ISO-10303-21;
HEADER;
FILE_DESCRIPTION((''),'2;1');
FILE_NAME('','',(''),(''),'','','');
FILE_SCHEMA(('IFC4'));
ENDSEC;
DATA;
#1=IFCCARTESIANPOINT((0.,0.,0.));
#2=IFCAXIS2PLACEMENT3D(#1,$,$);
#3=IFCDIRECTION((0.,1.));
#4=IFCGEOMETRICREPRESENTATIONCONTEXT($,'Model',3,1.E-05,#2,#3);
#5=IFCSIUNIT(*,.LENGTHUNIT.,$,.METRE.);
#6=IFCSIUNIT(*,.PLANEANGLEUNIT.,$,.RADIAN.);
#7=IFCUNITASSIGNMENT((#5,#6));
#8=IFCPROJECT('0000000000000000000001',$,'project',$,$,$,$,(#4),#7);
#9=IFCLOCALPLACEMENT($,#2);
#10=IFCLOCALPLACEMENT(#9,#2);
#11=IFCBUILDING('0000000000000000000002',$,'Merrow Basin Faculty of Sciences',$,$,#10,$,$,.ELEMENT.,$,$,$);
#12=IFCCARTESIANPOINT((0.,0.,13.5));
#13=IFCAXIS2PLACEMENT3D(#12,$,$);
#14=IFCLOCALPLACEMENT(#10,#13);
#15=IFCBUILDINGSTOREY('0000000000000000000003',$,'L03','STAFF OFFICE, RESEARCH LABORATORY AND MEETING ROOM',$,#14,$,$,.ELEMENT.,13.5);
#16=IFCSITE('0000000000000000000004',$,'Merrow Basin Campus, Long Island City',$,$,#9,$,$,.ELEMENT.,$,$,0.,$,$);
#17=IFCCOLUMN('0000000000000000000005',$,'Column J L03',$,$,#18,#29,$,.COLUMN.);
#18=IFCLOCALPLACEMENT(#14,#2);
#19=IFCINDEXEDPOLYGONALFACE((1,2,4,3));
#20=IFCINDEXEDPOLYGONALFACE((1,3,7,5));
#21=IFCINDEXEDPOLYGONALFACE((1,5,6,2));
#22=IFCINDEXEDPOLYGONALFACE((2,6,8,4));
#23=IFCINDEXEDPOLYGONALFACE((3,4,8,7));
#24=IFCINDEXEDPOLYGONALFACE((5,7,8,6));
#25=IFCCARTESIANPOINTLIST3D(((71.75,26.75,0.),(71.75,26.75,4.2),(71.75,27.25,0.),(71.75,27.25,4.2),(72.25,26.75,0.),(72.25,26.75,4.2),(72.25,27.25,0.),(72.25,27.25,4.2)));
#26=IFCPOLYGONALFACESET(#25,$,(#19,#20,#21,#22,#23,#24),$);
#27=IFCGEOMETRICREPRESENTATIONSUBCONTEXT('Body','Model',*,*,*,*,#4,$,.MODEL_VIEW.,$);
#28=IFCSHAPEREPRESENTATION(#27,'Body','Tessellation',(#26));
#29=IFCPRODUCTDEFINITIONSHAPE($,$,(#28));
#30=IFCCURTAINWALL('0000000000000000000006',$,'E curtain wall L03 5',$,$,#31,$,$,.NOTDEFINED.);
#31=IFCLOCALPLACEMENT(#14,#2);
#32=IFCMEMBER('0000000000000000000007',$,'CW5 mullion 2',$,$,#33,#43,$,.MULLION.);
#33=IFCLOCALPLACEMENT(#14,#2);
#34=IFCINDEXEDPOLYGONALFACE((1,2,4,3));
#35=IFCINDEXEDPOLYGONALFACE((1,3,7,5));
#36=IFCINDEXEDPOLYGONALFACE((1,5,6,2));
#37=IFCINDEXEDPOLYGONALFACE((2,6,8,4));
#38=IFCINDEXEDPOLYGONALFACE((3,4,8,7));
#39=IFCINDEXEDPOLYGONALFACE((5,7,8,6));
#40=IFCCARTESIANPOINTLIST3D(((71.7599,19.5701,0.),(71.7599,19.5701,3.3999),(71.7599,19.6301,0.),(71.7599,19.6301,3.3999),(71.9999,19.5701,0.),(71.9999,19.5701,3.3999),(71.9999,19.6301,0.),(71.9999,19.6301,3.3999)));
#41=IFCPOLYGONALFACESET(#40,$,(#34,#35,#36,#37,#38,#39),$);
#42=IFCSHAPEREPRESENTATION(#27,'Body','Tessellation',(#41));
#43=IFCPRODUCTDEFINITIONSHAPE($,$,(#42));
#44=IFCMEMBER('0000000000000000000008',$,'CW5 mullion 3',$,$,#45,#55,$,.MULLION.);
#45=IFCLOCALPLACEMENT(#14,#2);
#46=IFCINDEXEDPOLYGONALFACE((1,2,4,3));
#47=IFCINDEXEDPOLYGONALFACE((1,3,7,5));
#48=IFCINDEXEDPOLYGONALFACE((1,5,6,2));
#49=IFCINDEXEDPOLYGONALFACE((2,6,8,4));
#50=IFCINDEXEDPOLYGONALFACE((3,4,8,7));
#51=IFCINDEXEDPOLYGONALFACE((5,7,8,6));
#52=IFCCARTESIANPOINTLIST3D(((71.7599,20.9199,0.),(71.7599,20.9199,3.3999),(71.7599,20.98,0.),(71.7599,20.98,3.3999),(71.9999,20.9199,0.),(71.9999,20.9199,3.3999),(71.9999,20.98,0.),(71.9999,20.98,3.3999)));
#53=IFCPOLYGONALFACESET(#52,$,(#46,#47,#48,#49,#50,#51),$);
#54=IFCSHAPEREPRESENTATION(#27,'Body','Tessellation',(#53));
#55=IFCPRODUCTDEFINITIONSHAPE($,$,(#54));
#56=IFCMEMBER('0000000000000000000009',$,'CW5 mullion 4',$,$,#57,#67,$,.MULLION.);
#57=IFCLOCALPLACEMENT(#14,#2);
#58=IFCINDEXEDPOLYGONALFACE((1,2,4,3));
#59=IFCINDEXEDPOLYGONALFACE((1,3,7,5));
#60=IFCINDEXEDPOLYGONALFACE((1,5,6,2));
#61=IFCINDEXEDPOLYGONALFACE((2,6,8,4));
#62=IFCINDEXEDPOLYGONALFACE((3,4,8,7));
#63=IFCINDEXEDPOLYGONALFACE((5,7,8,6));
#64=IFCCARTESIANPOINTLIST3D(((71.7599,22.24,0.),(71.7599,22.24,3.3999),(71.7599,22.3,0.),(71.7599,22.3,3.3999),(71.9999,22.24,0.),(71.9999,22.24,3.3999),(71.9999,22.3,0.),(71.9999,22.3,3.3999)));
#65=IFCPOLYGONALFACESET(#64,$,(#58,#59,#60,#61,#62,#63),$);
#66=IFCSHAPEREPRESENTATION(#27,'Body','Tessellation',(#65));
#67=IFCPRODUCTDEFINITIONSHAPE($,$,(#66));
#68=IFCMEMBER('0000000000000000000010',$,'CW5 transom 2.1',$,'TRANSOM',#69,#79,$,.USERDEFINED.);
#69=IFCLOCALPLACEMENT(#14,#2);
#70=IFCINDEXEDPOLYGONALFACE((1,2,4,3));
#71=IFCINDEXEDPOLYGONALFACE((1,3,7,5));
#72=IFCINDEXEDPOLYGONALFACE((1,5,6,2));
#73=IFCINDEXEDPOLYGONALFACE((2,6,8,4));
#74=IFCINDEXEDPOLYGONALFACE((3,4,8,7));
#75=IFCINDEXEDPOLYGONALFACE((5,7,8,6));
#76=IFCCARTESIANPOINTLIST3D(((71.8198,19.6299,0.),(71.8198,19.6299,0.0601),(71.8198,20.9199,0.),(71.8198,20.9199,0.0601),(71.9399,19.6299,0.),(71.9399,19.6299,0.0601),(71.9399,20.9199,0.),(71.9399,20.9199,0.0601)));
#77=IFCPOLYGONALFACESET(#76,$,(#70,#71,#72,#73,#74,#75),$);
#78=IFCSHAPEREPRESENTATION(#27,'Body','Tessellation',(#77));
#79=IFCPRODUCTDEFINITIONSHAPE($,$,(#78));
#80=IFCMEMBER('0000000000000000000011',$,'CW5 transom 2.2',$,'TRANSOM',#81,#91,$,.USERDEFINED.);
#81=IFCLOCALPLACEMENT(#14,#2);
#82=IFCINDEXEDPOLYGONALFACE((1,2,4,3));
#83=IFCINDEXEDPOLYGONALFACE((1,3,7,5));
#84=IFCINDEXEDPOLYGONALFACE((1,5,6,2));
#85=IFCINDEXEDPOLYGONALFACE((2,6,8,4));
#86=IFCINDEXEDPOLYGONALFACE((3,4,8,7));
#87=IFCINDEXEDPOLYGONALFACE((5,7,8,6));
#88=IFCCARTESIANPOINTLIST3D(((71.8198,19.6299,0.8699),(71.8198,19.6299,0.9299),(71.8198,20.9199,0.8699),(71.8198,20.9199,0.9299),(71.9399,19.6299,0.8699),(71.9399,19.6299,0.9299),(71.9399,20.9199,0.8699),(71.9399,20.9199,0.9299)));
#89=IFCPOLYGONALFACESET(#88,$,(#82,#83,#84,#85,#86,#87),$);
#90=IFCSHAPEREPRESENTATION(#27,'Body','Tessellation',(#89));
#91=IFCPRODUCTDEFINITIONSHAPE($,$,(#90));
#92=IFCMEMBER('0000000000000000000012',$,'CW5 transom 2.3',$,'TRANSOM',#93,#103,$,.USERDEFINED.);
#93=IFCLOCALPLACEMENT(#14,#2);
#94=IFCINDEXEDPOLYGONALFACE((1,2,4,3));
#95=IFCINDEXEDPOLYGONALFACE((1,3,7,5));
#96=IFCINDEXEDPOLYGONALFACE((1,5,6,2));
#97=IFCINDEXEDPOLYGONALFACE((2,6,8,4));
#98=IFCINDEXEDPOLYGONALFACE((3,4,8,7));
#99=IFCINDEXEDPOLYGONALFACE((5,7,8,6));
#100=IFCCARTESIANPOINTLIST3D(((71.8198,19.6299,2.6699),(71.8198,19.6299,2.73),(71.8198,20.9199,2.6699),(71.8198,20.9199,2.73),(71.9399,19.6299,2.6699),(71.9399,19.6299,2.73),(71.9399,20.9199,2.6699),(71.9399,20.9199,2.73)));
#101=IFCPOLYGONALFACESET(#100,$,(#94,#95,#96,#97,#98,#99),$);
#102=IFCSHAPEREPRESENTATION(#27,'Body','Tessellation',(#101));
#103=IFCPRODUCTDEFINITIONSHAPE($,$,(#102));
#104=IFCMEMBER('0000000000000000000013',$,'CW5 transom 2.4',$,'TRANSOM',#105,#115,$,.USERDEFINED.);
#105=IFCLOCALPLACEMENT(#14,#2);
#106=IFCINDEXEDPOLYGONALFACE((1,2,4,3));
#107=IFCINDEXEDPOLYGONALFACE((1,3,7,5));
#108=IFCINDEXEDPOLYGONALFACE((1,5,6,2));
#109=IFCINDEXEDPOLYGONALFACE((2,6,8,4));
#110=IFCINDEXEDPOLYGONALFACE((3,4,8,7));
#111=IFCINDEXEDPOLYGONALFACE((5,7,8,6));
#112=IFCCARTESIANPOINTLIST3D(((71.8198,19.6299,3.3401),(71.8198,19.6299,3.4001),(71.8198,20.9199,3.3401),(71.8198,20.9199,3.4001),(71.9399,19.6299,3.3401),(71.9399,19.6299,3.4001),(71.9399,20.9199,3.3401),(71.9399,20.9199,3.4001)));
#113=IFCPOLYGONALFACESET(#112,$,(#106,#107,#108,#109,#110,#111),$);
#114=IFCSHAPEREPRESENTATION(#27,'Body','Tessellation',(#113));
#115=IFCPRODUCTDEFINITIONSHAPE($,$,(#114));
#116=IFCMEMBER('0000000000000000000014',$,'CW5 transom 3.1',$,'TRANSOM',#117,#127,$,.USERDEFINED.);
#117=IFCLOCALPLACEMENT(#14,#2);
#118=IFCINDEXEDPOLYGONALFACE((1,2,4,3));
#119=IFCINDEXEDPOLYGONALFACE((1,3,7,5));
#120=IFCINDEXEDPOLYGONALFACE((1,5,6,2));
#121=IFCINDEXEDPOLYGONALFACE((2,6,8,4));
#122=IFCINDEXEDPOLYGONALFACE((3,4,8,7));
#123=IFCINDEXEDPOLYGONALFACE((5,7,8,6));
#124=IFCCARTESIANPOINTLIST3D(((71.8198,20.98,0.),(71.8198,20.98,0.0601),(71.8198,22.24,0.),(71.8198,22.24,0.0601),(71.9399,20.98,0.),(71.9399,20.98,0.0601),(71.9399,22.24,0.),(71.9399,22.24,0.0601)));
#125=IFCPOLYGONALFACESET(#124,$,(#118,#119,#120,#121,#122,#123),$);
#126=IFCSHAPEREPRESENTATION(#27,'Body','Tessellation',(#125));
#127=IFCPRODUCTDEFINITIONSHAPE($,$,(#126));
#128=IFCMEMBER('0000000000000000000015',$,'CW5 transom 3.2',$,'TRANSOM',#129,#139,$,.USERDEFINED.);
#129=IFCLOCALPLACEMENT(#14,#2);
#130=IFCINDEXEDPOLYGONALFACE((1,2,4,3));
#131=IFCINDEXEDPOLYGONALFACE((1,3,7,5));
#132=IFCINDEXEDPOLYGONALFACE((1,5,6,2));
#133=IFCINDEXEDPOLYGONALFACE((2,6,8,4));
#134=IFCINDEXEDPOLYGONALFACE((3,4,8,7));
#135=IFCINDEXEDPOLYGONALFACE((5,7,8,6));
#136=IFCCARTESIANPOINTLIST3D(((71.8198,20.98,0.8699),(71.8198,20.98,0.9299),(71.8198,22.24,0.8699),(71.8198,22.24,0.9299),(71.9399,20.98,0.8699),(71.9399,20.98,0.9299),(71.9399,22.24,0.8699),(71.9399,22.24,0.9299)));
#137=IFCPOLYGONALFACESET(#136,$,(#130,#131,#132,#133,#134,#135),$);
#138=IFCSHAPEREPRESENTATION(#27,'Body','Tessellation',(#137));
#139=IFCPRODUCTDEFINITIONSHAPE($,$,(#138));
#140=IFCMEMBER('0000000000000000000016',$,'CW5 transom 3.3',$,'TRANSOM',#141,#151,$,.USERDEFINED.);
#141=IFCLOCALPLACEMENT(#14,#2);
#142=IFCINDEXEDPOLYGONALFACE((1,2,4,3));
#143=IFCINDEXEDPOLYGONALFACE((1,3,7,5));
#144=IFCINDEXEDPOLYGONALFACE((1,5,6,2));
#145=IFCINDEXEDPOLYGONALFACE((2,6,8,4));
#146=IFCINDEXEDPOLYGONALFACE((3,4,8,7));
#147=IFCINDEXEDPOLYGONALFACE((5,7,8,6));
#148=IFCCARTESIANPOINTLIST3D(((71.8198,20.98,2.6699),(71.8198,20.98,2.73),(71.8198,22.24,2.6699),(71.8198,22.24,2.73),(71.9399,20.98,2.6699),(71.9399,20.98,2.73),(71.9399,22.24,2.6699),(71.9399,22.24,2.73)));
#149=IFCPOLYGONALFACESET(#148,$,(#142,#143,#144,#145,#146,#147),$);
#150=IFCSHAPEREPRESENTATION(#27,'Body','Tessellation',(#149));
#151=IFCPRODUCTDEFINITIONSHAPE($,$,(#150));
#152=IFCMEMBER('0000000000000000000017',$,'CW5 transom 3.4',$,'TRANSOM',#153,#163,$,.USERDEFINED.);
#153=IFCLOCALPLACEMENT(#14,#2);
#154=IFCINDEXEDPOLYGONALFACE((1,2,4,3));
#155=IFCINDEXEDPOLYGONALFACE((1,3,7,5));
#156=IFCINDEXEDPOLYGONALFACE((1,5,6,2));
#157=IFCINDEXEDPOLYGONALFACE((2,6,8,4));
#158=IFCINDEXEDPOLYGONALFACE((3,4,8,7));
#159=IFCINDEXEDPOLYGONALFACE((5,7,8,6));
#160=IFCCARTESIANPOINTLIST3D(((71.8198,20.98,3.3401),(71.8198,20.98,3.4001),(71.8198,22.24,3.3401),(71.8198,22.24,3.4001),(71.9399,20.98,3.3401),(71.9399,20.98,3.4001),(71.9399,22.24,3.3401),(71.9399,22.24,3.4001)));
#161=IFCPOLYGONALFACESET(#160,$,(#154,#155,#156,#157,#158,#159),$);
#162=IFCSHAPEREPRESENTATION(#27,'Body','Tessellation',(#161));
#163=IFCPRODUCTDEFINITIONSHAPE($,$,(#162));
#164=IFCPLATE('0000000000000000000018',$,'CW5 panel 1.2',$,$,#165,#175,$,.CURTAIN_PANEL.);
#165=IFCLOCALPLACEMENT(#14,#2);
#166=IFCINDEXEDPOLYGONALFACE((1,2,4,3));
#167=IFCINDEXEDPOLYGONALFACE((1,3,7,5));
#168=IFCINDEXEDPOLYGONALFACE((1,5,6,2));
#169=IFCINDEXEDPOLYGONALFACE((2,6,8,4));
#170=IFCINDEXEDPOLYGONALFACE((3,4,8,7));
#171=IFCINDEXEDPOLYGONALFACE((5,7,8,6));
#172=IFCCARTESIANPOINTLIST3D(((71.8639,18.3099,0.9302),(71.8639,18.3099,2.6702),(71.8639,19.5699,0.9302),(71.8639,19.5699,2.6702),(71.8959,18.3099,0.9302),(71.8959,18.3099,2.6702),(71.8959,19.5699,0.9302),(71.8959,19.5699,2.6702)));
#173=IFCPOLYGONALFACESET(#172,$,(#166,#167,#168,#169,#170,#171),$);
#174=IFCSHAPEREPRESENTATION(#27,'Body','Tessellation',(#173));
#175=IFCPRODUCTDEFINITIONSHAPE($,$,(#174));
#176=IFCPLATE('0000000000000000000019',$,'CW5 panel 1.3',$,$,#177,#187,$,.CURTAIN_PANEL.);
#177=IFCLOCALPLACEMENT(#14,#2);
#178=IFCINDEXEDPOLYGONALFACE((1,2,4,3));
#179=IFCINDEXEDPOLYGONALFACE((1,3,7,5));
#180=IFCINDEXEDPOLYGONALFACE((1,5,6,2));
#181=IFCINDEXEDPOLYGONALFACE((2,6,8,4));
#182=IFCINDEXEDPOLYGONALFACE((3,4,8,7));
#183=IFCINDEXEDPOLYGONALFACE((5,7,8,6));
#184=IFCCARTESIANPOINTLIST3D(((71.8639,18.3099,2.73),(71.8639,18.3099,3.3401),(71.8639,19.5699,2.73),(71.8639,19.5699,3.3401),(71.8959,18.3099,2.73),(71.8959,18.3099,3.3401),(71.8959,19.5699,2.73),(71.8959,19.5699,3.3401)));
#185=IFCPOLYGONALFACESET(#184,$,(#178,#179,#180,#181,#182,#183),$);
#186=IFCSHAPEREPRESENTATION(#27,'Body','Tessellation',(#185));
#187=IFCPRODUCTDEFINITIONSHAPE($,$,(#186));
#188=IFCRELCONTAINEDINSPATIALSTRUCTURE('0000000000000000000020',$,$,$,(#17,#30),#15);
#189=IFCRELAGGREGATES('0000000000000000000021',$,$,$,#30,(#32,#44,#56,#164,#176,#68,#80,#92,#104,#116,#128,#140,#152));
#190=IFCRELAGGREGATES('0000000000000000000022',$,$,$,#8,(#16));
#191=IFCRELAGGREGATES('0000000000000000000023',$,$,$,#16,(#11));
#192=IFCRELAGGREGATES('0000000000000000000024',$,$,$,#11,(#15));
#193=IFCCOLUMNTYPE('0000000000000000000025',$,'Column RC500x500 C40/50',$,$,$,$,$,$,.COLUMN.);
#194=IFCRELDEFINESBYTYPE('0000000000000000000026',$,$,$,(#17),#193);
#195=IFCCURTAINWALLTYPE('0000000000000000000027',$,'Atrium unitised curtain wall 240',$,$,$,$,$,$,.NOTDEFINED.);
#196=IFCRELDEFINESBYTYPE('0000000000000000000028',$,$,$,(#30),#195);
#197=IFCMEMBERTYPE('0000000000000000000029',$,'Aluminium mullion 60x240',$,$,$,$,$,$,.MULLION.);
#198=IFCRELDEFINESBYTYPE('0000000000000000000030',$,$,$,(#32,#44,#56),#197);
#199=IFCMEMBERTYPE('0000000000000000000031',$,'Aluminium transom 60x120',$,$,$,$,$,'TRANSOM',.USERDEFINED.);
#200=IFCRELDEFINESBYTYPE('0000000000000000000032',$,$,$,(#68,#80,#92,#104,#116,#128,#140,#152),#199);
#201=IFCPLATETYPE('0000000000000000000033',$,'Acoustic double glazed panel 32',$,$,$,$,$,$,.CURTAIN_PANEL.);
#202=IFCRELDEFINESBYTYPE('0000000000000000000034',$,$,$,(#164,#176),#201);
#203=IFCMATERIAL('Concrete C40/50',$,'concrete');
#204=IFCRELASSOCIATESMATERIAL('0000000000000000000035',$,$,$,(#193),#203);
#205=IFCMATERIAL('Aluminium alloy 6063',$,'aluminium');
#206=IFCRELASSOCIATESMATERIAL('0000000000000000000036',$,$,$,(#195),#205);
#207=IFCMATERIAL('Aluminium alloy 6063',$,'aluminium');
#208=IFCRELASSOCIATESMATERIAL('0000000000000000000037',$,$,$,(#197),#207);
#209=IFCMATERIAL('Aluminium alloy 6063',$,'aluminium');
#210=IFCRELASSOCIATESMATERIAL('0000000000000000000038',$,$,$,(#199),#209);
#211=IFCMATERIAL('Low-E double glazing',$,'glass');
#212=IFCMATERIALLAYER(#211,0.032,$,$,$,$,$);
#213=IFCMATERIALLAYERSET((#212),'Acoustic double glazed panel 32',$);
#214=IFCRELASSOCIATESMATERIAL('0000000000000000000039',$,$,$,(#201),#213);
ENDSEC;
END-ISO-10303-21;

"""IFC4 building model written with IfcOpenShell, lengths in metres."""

from ifc_helpers import new_model, si_unit, direction, frame, origin, origin_2d, place, context, subcontext, project, spatial, rectangle, extrude, material, layer, layer_set, material_profile, profile_set, type_object, element, aggregate, save


model = new_model("IFC4")

# Units and contexts
model_context = context("Model", 3, precision=1e-05, world=origin(), true_north=direction((0.0, 1.0)))
body_context = subcontext(model_context, "Body", "Model", "MODEL_VIEW")
ifc_project = project(units=[si_unit("LENGTHUNIT", "METRE"), si_unit("PLANEANGLEUNIT", "RADIAN")], contexts=[model_context])

# Site, building, storey
site_placement = place(None, origin())
site = spatial("IfcSite", under=ifc_project, at=site_placement, Name="Merrow Basin Campus, Long Island City", CompositionType="ELEMENT", RefElevation=0.0)
building_placement = place(site_placement, origin())
building = spatial("IfcBuilding", under=site, at=building_placement, Name="Merrow Basin Faculty of Sciences", CompositionType="ELEMENT")
storey_placement = place(building_placement, frame((0.0, 0.0, 13.5)))
storey = spatial("IfcBuildingStorey", under=building, at=storey_placement, Name="L03", Description="STAFF OFFICE, RESEARCH LABORATORY AND MEETING ROOM", CompositionType="ELEMENT", Elevation=13.5)

# Column
ifc_material_1 = material(Name="Concrete C40/50", Category="concrete")
ifc_material_profile_1 = material_profile(ifc_material_1, rectangle(XDim=0.5, YDim=0.5, at=origin_2d()))
ifc_profile_set_1 = profile_set([ifc_material_profile_1], Name="Concrete C40/50")
column_type = type_object("IfcColumnType", Name="Column RC500x500 C40/50", PredefinedType="COLUMN", material=ifc_profile_set_1)
column_placement = place(storey_placement, frame((72.0, 27.0, 0.0), z_axis=(0.0, 0.0, 1.0), x_axis=(1.0, 0.0, 0.0)))
element("IfcColumn", 1, at=column_placement, inside=storey, type_object=column_type, Name="Column J L03", PredefinedType="COLUMN", context=body_context, shape_type="SweptSolid", body=[
    extrude(rectangle(XDim=0.5, YDim=0.5, at=origin_2d()), origin(), (0.0, 0.0, 1.0), 4.2),
])

# Curtain wall, members, plates
ifc_material_2 = material(Name="Aluminium alloy 6063", Category="aluminium")
curtain_wall_type = type_object("IfcCurtainWallType", Name="Atrium unitised curtain wall 240", PredefinedType="NOTDEFINED", material=ifc_material_2)
curtain_wall_placement = place(storey_placement, origin())
curtain_wall = element("IfcCurtainWall", 2, at=curtain_wall_placement, inside=storey, type_object=curtain_wall_type, Name="E curtain wall L03 5", PredefinedType="NOTDEFINED")
ifc_material_3 = material(Name="Aluminium alloy 6063", Category="aluminium")
ifc_material_profile_2 = material_profile(ifc_material_3, rectangle(XDim=0.24, YDim=0.0601, at=origin_2d()))
ifc_profile_set_2 = profile_set([ifc_material_profile_2], Name="Aluminium alloy 6063")
member_type_1 = type_object("IfcMemberType", Name="Aluminium mullion 60x240", PredefinedType="MULLION", material=ifc_profile_set_2)
member_1_placement = place(storey_placement, frame((71.8799, 19.6001, 0.0), z_axis=(0.0, 0.0, 1.0), x_axis=(-1.0, 0.0, 0.0)))
member_1 = element("IfcMember", 3, at=member_1_placement, type_object=member_type_1, Name="CW5 mullion 2", PredefinedType="MULLION", context=body_context, shape_type="SweptSolid", body=[
    extrude(rectangle(XDim=0.24, YDim=0.0601, at=origin_2d()), origin(), (0.0, 0.0, 1.0), 3.3999),
])
member_2_placement = place(storey_placement, frame((71.8799, 20.95, 0.0), z_axis=(0.0, 0.0, 1.0), x_axis=(-1.0, 0.0, 0.0)))
member_2 = element("IfcMember", 4, at=member_2_placement, type_object=member_type_1, Name="CW5 mullion 3", PredefinedType="MULLION", context=body_context, shape_type="SweptSolid", body=[
    extrude(rectangle(XDim=0.24, YDim=0.0601, at=origin_2d()), origin(), (0.0, 0.0, 1.0), 3.3999),
])
member_3_placement = place(storey_placement, frame((71.8799, 22.27, 0.0), z_axis=(0.0, 0.0, 1.0), x_axis=(-1.0, 0.0, 0.0)))
member_3 = element("IfcMember", 5, at=member_3_placement, type_object=member_type_1, Name="CW5 mullion 4", PredefinedType="MULLION", context=body_context, shape_type="SweptSolid", body=[
    extrude(rectangle(XDim=0.24, YDim=0.0601, at=origin_2d()), origin(), (0.0, 0.0, 1.0), 3.3999),
])
ifc_material_4 = material(Name="Aluminium alloy 6063", Category="aluminium")
ifc_material_profile_3 = material_profile(ifc_material_4, rectangle(XDim=0.1201, YDim=0.0601, at=origin_2d()))
ifc_profile_set_3 = profile_set([ifc_material_profile_3], Name="Aluminium alloy 6063")
member_type_2 = type_object("IfcMemberType", Name="Aluminium transom 60x120", ElementType="TRANSOM", PredefinedType="USERDEFINED", material=ifc_profile_set_3)
member_4_placement = place(storey_placement, frame((71.8799, 19.6299, 0.03), z_axis=(0.0, 1.0, 0.0), x_axis=(-1.0, 0.0, 0.0)))
member_4 = element("IfcMember", 6, at=member_4_placement, type_object=member_type_2, Name="CW5 transom 2.1", ObjectType="TRANSOM", PredefinedType="USERDEFINED", context=body_context, shape_type="SweptSolid", body=[
    extrude(rectangle(XDim=0.1201, YDim=0.0601, at=origin_2d()), origin(), (0.0, 0.0, 1.0), 1.29),
])
member_5_placement = place(storey_placement, frame((71.8799, 19.6299, 0.8999), z_axis=(0.0, 1.0, 0.0), x_axis=(-1.0, 0.0, 0.0)))
member_5 = element("IfcMember", 7, at=member_5_placement, type_object=member_type_2, Name="CW5 transom 2.2", ObjectType="TRANSOM", PredefinedType="USERDEFINED", context=body_context, shape_type="SweptSolid", body=[
    extrude(rectangle(XDim=0.1201, YDim=0.0601, at=origin_2d()), origin(), (0.0, 0.0, 1.0), 1.29),
])
member_6_placement = place(storey_placement, frame((71.8799, 19.6299, 2.7), z_axis=(0.0, 1.0, 0.0), x_axis=(-1.0, 0.0, 0.0)))
member_6 = element("IfcMember", 8, at=member_6_placement, type_object=member_type_2, Name="CW5 transom 2.3", ObjectType="TRANSOM", PredefinedType="USERDEFINED", context=body_context, shape_type="SweptSolid", body=[
    extrude(rectangle(XDim=0.1201, YDim=0.0601, at=origin_2d()), origin(), (0.0, 0.0, 1.0), 1.29),
])
member_7_placement = place(storey_placement, frame((71.8799, 19.6299, 3.3701), z_axis=(0.0, 1.0, 0.0), x_axis=(-1.0, 0.0, 0.0)))
member_7 = element("IfcMember", 9, at=member_7_placement, type_object=member_type_2, Name="CW5 transom 2.4", ObjectType="TRANSOM", PredefinedType="USERDEFINED", context=body_context, shape_type="SweptSolid", body=[
    extrude(rectangle(XDim=0.1201, YDim=0.0601, at=origin_2d()), origin(), (0.0, 0.0, 1.0), 1.29),
])
member_8_placement = place(storey_placement, frame((71.8799, 20.98, 0.03), z_axis=(0.0, 1.0, 0.0), x_axis=(-1.0, 0.0, 0.0)))
member_8 = element("IfcMember", 10, at=member_8_placement, type_object=member_type_2, Name="CW5 transom 3.1", ObjectType="TRANSOM", PredefinedType="USERDEFINED", context=body_context, shape_type="SweptSolid", body=[
    extrude(rectangle(XDim=0.1201, YDim=0.0601, at=origin_2d()), origin(), (0.0, 0.0, 1.0), 1.26),
])
member_9_placement = place(storey_placement, frame((71.8799, 20.98, 0.8999), z_axis=(0.0, 1.0, 0.0), x_axis=(-1.0, 0.0, 0.0)))
member_9 = element("IfcMember", 11, at=member_9_placement, type_object=member_type_2, Name="CW5 transom 3.2", ObjectType="TRANSOM", PredefinedType="USERDEFINED", context=body_context, shape_type="SweptSolid", body=[
    extrude(rectangle(XDim=0.1201, YDim=0.0601, at=origin_2d()), origin(), (0.0, 0.0, 1.0), 1.26),
])
member_10_placement = place(storey_placement, frame((71.8799, 20.98, 2.7), z_axis=(0.0, 1.0, 0.0), x_axis=(-1.0, 0.0, 0.0)))
member_10 = element("IfcMember", 12, at=member_10_placement, type_object=member_type_2, Name="CW5 transom 3.3", ObjectType="TRANSOM", PredefinedType="USERDEFINED", context=body_context, shape_type="SweptSolid", body=[
    extrude(rectangle(XDim=0.1201, YDim=0.0601, at=origin_2d()), origin(), (0.0, 0.0, 1.0), 1.26),
])
member_11_placement = place(storey_placement, frame((71.8799, 20.98, 3.3701), z_axis=(0.0, 1.0, 0.0), x_axis=(-1.0, 0.0, 0.0)))
member_11 = element("IfcMember", 13, at=member_11_placement, type_object=member_type_2, Name="CW5 transom 3.4", ObjectType="TRANSOM", PredefinedType="USERDEFINED", context=body_context, shape_type="SweptSolid", body=[
    extrude(rectangle(XDim=0.1201, YDim=0.0601, at=origin_2d()), origin(), (0.0, 0.0, 1.0), 1.26),
])
ifc_material_5 = material(Name="Low-E double glazing", Category="glass")
ifc_layer_1 = layer(ifc_material_5, 0.032)
ifc_layer_set_1 = layer_set([ifc_layer_1], Name="Acoustic double glazed panel 32")
plate_type_1 = type_object("IfcPlateType", Name="Acoustic double glazed panel 32", PredefinedType="CURTAIN_PANEL", material=ifc_layer_set_1)
plate_1_placement = place(storey_placement, frame((71.8799, 18.9399, 0.9302), z_axis=(0.0, 0.0, 1.0), x_axis=(0.0, 1.0, 0.0)))
plate_1 = element("IfcPlate", 14, at=plate_1_placement, type_object=plate_type_1, Name="CW5 panel 1.2", PredefinedType="CURTAIN_PANEL", context=body_context, shape_type="SweptSolid", body=[
    extrude(rectangle(XDim=1.26, YDim=0.032, at=origin_2d()), origin(), (0.0, 0.0, 1.0), 1.74),
])
plate_2_placement = place(storey_placement, frame((71.8799, 18.9399, 2.73), z_axis=(0.0, 0.0, 1.0), x_axis=(0.0, 1.0, 0.0)))
plate_2 = element("IfcPlate", 15, at=plate_2_placement, type_object=plate_type_1, Name="CW5 panel 1.3", PredefinedType="CURTAIN_PANEL", context=body_context, shape_type="SweptSolid", body=[
    extrude(rectangle(XDim=1.26, YDim=0.032, at=origin_2d()), origin(), (0.0, 0.0, 1.0), 0.6101),
])
aggregate(curtain_wall, [member_1, member_2, member_3, plate_1, plate_2, member_4, member_5, member_6, member_7, member_8, member_9, member_10, member_11])

save(model, "model.ifc")
